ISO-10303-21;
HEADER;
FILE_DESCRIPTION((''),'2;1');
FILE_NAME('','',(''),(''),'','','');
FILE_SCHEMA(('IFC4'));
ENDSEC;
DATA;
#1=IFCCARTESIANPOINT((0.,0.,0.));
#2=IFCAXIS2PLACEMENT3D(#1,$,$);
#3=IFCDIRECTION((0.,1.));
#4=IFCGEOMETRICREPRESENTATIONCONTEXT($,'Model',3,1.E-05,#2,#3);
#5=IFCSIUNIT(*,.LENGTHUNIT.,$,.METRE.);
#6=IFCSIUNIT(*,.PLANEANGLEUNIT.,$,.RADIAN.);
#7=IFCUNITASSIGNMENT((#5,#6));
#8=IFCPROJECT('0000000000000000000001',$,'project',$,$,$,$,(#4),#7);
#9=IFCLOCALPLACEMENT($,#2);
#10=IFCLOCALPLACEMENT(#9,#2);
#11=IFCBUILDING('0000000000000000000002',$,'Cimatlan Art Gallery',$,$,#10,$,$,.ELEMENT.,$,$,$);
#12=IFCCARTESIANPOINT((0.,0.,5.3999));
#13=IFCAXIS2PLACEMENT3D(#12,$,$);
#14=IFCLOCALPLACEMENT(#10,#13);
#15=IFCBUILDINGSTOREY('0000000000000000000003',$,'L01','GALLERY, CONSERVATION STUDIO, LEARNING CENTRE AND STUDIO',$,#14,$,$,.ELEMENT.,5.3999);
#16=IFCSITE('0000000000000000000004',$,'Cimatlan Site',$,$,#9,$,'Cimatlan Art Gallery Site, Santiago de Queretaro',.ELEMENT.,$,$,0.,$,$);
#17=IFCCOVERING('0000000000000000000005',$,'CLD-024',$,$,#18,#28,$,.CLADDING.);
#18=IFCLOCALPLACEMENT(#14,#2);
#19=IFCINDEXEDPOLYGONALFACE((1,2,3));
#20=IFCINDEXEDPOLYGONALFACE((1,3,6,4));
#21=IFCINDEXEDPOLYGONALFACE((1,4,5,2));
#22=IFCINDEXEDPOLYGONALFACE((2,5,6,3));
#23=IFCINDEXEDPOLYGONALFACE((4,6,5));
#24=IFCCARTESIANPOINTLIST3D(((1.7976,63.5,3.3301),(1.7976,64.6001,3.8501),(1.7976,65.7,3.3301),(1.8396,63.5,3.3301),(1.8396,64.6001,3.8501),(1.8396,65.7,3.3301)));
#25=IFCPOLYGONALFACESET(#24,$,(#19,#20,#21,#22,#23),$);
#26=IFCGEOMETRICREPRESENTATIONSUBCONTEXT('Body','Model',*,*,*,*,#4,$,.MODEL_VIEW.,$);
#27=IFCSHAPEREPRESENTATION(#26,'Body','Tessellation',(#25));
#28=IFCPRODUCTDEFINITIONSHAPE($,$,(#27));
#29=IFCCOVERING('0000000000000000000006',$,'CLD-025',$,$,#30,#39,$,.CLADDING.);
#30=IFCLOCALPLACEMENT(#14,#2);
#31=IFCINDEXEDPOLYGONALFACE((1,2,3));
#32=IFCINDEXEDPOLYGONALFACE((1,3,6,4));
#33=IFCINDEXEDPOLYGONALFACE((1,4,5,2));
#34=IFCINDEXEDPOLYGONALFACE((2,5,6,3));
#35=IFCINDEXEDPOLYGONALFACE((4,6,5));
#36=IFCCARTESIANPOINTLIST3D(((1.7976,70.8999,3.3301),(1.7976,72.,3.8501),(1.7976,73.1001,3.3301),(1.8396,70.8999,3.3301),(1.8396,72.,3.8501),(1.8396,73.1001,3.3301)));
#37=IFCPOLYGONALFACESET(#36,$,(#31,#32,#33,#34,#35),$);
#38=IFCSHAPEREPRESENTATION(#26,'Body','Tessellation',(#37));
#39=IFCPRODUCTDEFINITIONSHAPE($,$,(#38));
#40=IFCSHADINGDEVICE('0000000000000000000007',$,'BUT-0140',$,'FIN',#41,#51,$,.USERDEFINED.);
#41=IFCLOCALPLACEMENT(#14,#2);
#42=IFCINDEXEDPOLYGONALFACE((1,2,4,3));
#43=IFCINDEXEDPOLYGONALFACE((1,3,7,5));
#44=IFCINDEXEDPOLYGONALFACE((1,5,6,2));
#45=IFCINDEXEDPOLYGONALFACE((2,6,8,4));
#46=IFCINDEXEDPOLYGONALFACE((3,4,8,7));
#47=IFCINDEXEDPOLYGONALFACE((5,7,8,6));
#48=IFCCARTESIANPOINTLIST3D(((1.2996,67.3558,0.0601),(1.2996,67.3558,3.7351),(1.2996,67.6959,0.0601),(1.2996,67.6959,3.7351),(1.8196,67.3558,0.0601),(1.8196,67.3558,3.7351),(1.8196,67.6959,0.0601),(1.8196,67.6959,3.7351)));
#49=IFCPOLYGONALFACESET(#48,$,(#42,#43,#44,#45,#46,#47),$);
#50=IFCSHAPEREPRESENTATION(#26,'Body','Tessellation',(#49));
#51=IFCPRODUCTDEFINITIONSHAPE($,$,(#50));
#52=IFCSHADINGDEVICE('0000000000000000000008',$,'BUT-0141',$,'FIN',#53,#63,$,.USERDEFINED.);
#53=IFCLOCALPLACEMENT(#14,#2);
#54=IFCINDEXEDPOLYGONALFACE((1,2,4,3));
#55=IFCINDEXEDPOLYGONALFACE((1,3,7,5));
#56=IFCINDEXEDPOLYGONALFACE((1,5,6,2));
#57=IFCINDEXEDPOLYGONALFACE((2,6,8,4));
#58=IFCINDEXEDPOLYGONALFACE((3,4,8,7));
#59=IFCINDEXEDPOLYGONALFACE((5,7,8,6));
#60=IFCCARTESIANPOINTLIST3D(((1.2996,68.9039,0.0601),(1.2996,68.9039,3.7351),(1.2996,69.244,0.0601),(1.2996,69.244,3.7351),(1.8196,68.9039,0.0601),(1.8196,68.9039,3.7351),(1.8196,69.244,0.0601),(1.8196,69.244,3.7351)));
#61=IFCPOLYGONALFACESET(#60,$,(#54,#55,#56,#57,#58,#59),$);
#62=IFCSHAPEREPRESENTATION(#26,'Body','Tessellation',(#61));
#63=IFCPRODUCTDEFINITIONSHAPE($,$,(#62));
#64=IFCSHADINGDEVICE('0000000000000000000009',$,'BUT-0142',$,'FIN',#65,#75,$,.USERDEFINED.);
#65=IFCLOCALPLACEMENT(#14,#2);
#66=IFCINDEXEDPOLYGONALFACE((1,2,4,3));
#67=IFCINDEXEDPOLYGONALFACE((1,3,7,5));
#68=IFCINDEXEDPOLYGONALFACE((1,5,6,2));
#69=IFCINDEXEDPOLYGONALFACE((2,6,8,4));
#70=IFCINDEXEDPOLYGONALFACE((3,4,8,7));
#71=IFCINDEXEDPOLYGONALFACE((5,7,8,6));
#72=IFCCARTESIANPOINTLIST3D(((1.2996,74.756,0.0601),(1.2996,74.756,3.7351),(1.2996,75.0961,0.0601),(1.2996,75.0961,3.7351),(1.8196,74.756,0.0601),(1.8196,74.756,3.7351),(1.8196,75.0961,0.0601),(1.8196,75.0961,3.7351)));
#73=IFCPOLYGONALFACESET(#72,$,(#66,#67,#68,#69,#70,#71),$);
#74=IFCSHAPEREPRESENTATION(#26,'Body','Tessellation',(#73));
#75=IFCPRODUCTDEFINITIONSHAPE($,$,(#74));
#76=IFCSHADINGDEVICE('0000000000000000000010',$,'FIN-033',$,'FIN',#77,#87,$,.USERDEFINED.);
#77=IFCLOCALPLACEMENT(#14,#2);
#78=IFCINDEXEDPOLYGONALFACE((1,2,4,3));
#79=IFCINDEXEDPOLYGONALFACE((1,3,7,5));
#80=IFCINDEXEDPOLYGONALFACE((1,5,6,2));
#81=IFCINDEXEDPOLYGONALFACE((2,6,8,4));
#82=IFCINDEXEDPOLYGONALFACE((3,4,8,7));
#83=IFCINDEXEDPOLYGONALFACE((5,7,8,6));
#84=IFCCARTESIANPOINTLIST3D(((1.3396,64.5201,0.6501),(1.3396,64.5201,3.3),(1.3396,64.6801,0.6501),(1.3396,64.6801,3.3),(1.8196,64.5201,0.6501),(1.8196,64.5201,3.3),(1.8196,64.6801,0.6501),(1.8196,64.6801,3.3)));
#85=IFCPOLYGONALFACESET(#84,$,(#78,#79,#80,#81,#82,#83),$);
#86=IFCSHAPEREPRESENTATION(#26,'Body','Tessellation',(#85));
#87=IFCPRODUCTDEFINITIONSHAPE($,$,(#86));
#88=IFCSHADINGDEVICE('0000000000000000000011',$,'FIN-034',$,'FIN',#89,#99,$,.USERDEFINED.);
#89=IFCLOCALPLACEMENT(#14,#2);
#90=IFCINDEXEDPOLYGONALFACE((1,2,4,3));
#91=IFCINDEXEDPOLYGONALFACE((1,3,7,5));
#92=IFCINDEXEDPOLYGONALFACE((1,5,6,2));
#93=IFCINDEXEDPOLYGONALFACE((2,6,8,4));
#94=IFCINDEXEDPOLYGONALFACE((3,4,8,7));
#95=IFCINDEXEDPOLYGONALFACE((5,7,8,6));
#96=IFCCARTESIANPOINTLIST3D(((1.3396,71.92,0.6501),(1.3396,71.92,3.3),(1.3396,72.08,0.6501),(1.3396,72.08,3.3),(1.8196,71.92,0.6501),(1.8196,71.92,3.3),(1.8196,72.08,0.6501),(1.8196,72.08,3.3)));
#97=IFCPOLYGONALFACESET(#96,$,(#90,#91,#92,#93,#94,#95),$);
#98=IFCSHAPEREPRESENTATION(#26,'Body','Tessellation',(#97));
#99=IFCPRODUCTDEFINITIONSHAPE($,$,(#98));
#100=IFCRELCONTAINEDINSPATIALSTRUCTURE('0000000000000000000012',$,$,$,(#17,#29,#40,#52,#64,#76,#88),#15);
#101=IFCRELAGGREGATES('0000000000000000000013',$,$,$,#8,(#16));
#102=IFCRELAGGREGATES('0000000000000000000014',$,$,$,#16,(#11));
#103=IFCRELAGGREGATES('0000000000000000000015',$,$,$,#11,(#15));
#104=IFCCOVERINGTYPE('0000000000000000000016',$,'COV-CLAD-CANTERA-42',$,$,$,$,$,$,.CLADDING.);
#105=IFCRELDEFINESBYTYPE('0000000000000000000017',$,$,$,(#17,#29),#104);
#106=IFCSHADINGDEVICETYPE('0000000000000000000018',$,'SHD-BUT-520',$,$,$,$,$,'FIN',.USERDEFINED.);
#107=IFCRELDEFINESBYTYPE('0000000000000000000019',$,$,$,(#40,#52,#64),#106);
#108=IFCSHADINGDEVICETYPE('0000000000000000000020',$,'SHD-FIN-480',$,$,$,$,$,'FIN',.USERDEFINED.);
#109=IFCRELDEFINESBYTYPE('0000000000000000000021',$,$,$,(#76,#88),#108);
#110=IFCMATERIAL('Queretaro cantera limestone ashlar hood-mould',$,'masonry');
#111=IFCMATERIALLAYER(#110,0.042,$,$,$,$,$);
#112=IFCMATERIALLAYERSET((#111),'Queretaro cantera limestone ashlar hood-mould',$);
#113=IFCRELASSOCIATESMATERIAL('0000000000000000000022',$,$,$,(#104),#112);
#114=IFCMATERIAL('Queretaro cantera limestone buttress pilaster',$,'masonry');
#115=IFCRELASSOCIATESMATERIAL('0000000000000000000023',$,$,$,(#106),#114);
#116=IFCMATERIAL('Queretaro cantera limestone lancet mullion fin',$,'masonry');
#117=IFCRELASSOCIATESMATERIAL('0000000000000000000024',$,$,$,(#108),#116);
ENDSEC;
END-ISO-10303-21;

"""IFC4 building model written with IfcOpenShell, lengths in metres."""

from ifc_helpers import new_model, si_unit, direction, frame, origin, origin_2d, place, context, subcontext, project, spatial, polyline, rectangle, outline, extrude, material, layer, layer_set, type_object, element, save


model = new_model("IFC4")

# Units and contexts
model_context = context("Model", 3, precision=1e-05, world=origin(), true_north=direction((0.0, 1.0)))
body_context = subcontext(model_context, "Body", "Model", "MODEL_VIEW")
ifc_project = project(units=[si_unit("LENGTHUNIT", "METRE"), si_unit("PLANEANGLEUNIT", "RADIAN")], contexts=[model_context])

# Site, building, storey
site_placement = place(None, origin())
site = spatial("IfcSite", under=ifc_project, at=site_placement, Name="Cimatlan Site", LongName="Cimatlan Art Gallery Site, Santiago de Queretaro", CompositionType="ELEMENT", RefElevation=0.0)
building_placement = place(site_placement, origin())
building = spatial("IfcBuilding", under=site, at=building_placement, Name="Cimatlan Art Gallery", CompositionType="ELEMENT")
storey_placement = place(building_placement, frame((0.0, 0.0, 5.3999)))
storey = spatial("IfcBuildingStorey", under=building, at=storey_placement, Name="L01", Description="GALLERY, CONSERVATION STUDIO, LEARNING CENTRE AND STUDIO", CompositionType="ELEMENT", Elevation=5.3999)

# Coverings
ifc_material_1 = material(Name="Queretaro cantera limestone ashlar hood-mould", Category="masonry")
ifc_layer_1 = layer(ifc_material_1, 0.042)
ifc_layer_set_1 = layer_set([ifc_layer_1], Name="Queretaro cantera limestone ashlar hood-mould")
covering_type = type_object("IfcCoveringType", Name="COV-CLAD-CANTERA-42", PredefinedType="CLADDING", material=ifc_layer_set_1)
covering_1_placement = place(storey_placement, frame((1.8396, 63.5, 3.3301), z_axis=(1.0, 0.0, 0.0), x_axis=(0.0, 1.0, 0.0)))
element("IfcCovering", 1, at=covering_1_placement, inside=storey, type_object=covering_type, Name="CLD-024", PredefinedType="CLADDING", context=body_context, shape_type="SweptSolid", body=[
    extrude(outline(polyline([(0.0, 0.0), (2.2, 0.0), (1.1001, 0.52), (0.0, 0.0)])), origin(), (0.0, 0.0, -1.0), 0.042),
])
covering_2_placement = place(storey_placement, frame((1.8396, 70.8999, 3.3301), z_axis=(1.0, 0.0, 0.0), x_axis=(0.0, 1.0, 0.0)))
element("IfcCovering", 2, at=covering_2_placement, inside=storey, type_object=covering_type, Name="CLD-025", PredefinedType="CLADDING", context=body_context, shape_type="SweptSolid", body=[
    extrude(outline(polyline([(0.0, 0.0), (2.2002, 0.0), (1.1001, 0.52), (0.0, 0.0)])), origin(), (0.0, 0.0, -1.0), 0.042),
])

# Shading devices
ifc_material_2 = material(Name="Queretaro cantera limestone buttress pilaster", Category="masonry")
shading_device_type_1 = type_object("IfcShadingDeviceType", Name="SHD-BUT-520", ElementType="FIN", PredefinedType="USERDEFINED", material=ifc_material_2)
for number, where, z_axis, x_axis, name in (
    (3, (1.5596, 67.5259, 0.0601), (0.0, 0.0, 1.0), (0.0, 1.0, 0.0), "BUT-0140"),
    (4, (1.5596, 69.074, 0.0601), (0.0, 0.0, 1.0), (0.0, 1.0, 0.0), "BUT-0141"),
    (5, (1.5596, 74.926, 0.0601), (0.0, 0.0, 1.0), (0.0, 1.0, 0.0), "BUT-0142"),
):
    element("IfcShadingDevice", number, at=place(storey_placement, frame(where, z_axis=z_axis, x_axis=x_axis)), inside=storey, type_object=shading_device_type_1, Name=name, ObjectType="FIN", PredefinedType="USERDEFINED", context=body_context, shape_type="SweptSolid", body=[
        extrude(rectangle(XDim=0.3401, YDim=0.52, at=origin_2d()), origin(), (0.0, 0.0, 1.0), 3.675),
    ])
ifc_material_3 = material(Name="Queretaro cantera limestone lancet mullion fin", Category="masonry")
shading_device_type_2 = type_object("IfcShadingDeviceType", Name="SHD-FIN-480", ElementType="FIN", PredefinedType="USERDEFINED", material=ifc_material_3)
for number, where, z_axis, x_axis, name in (
    (6, (1.5796, 64.6001, 0.6501), (0.0, 0.0, 1.0), (0.0, 1.0, 0.0), "FIN-033"),
    (7, (1.5796, 72.0, 0.6501), (0.0, 0.0, 1.0), (0.0, 1.0, 0.0), "FIN-034"),
):
    element("IfcShadingDevice", number, at=place(storey_placement, frame(where, z_axis=z_axis, x_axis=x_axis)), inside=storey, type_object=shading_device_type_2, Name=name, ObjectType="FIN", PredefinedType="USERDEFINED", context=body_context, shape_type="SweptSolid", body=[
        extrude(rectangle(XDim=0.1599, YDim=0.48, at=origin_2d()), origin(), (0.0, 0.0, 1.0), 2.6499),
    ])

save(model, "model.ifc")
